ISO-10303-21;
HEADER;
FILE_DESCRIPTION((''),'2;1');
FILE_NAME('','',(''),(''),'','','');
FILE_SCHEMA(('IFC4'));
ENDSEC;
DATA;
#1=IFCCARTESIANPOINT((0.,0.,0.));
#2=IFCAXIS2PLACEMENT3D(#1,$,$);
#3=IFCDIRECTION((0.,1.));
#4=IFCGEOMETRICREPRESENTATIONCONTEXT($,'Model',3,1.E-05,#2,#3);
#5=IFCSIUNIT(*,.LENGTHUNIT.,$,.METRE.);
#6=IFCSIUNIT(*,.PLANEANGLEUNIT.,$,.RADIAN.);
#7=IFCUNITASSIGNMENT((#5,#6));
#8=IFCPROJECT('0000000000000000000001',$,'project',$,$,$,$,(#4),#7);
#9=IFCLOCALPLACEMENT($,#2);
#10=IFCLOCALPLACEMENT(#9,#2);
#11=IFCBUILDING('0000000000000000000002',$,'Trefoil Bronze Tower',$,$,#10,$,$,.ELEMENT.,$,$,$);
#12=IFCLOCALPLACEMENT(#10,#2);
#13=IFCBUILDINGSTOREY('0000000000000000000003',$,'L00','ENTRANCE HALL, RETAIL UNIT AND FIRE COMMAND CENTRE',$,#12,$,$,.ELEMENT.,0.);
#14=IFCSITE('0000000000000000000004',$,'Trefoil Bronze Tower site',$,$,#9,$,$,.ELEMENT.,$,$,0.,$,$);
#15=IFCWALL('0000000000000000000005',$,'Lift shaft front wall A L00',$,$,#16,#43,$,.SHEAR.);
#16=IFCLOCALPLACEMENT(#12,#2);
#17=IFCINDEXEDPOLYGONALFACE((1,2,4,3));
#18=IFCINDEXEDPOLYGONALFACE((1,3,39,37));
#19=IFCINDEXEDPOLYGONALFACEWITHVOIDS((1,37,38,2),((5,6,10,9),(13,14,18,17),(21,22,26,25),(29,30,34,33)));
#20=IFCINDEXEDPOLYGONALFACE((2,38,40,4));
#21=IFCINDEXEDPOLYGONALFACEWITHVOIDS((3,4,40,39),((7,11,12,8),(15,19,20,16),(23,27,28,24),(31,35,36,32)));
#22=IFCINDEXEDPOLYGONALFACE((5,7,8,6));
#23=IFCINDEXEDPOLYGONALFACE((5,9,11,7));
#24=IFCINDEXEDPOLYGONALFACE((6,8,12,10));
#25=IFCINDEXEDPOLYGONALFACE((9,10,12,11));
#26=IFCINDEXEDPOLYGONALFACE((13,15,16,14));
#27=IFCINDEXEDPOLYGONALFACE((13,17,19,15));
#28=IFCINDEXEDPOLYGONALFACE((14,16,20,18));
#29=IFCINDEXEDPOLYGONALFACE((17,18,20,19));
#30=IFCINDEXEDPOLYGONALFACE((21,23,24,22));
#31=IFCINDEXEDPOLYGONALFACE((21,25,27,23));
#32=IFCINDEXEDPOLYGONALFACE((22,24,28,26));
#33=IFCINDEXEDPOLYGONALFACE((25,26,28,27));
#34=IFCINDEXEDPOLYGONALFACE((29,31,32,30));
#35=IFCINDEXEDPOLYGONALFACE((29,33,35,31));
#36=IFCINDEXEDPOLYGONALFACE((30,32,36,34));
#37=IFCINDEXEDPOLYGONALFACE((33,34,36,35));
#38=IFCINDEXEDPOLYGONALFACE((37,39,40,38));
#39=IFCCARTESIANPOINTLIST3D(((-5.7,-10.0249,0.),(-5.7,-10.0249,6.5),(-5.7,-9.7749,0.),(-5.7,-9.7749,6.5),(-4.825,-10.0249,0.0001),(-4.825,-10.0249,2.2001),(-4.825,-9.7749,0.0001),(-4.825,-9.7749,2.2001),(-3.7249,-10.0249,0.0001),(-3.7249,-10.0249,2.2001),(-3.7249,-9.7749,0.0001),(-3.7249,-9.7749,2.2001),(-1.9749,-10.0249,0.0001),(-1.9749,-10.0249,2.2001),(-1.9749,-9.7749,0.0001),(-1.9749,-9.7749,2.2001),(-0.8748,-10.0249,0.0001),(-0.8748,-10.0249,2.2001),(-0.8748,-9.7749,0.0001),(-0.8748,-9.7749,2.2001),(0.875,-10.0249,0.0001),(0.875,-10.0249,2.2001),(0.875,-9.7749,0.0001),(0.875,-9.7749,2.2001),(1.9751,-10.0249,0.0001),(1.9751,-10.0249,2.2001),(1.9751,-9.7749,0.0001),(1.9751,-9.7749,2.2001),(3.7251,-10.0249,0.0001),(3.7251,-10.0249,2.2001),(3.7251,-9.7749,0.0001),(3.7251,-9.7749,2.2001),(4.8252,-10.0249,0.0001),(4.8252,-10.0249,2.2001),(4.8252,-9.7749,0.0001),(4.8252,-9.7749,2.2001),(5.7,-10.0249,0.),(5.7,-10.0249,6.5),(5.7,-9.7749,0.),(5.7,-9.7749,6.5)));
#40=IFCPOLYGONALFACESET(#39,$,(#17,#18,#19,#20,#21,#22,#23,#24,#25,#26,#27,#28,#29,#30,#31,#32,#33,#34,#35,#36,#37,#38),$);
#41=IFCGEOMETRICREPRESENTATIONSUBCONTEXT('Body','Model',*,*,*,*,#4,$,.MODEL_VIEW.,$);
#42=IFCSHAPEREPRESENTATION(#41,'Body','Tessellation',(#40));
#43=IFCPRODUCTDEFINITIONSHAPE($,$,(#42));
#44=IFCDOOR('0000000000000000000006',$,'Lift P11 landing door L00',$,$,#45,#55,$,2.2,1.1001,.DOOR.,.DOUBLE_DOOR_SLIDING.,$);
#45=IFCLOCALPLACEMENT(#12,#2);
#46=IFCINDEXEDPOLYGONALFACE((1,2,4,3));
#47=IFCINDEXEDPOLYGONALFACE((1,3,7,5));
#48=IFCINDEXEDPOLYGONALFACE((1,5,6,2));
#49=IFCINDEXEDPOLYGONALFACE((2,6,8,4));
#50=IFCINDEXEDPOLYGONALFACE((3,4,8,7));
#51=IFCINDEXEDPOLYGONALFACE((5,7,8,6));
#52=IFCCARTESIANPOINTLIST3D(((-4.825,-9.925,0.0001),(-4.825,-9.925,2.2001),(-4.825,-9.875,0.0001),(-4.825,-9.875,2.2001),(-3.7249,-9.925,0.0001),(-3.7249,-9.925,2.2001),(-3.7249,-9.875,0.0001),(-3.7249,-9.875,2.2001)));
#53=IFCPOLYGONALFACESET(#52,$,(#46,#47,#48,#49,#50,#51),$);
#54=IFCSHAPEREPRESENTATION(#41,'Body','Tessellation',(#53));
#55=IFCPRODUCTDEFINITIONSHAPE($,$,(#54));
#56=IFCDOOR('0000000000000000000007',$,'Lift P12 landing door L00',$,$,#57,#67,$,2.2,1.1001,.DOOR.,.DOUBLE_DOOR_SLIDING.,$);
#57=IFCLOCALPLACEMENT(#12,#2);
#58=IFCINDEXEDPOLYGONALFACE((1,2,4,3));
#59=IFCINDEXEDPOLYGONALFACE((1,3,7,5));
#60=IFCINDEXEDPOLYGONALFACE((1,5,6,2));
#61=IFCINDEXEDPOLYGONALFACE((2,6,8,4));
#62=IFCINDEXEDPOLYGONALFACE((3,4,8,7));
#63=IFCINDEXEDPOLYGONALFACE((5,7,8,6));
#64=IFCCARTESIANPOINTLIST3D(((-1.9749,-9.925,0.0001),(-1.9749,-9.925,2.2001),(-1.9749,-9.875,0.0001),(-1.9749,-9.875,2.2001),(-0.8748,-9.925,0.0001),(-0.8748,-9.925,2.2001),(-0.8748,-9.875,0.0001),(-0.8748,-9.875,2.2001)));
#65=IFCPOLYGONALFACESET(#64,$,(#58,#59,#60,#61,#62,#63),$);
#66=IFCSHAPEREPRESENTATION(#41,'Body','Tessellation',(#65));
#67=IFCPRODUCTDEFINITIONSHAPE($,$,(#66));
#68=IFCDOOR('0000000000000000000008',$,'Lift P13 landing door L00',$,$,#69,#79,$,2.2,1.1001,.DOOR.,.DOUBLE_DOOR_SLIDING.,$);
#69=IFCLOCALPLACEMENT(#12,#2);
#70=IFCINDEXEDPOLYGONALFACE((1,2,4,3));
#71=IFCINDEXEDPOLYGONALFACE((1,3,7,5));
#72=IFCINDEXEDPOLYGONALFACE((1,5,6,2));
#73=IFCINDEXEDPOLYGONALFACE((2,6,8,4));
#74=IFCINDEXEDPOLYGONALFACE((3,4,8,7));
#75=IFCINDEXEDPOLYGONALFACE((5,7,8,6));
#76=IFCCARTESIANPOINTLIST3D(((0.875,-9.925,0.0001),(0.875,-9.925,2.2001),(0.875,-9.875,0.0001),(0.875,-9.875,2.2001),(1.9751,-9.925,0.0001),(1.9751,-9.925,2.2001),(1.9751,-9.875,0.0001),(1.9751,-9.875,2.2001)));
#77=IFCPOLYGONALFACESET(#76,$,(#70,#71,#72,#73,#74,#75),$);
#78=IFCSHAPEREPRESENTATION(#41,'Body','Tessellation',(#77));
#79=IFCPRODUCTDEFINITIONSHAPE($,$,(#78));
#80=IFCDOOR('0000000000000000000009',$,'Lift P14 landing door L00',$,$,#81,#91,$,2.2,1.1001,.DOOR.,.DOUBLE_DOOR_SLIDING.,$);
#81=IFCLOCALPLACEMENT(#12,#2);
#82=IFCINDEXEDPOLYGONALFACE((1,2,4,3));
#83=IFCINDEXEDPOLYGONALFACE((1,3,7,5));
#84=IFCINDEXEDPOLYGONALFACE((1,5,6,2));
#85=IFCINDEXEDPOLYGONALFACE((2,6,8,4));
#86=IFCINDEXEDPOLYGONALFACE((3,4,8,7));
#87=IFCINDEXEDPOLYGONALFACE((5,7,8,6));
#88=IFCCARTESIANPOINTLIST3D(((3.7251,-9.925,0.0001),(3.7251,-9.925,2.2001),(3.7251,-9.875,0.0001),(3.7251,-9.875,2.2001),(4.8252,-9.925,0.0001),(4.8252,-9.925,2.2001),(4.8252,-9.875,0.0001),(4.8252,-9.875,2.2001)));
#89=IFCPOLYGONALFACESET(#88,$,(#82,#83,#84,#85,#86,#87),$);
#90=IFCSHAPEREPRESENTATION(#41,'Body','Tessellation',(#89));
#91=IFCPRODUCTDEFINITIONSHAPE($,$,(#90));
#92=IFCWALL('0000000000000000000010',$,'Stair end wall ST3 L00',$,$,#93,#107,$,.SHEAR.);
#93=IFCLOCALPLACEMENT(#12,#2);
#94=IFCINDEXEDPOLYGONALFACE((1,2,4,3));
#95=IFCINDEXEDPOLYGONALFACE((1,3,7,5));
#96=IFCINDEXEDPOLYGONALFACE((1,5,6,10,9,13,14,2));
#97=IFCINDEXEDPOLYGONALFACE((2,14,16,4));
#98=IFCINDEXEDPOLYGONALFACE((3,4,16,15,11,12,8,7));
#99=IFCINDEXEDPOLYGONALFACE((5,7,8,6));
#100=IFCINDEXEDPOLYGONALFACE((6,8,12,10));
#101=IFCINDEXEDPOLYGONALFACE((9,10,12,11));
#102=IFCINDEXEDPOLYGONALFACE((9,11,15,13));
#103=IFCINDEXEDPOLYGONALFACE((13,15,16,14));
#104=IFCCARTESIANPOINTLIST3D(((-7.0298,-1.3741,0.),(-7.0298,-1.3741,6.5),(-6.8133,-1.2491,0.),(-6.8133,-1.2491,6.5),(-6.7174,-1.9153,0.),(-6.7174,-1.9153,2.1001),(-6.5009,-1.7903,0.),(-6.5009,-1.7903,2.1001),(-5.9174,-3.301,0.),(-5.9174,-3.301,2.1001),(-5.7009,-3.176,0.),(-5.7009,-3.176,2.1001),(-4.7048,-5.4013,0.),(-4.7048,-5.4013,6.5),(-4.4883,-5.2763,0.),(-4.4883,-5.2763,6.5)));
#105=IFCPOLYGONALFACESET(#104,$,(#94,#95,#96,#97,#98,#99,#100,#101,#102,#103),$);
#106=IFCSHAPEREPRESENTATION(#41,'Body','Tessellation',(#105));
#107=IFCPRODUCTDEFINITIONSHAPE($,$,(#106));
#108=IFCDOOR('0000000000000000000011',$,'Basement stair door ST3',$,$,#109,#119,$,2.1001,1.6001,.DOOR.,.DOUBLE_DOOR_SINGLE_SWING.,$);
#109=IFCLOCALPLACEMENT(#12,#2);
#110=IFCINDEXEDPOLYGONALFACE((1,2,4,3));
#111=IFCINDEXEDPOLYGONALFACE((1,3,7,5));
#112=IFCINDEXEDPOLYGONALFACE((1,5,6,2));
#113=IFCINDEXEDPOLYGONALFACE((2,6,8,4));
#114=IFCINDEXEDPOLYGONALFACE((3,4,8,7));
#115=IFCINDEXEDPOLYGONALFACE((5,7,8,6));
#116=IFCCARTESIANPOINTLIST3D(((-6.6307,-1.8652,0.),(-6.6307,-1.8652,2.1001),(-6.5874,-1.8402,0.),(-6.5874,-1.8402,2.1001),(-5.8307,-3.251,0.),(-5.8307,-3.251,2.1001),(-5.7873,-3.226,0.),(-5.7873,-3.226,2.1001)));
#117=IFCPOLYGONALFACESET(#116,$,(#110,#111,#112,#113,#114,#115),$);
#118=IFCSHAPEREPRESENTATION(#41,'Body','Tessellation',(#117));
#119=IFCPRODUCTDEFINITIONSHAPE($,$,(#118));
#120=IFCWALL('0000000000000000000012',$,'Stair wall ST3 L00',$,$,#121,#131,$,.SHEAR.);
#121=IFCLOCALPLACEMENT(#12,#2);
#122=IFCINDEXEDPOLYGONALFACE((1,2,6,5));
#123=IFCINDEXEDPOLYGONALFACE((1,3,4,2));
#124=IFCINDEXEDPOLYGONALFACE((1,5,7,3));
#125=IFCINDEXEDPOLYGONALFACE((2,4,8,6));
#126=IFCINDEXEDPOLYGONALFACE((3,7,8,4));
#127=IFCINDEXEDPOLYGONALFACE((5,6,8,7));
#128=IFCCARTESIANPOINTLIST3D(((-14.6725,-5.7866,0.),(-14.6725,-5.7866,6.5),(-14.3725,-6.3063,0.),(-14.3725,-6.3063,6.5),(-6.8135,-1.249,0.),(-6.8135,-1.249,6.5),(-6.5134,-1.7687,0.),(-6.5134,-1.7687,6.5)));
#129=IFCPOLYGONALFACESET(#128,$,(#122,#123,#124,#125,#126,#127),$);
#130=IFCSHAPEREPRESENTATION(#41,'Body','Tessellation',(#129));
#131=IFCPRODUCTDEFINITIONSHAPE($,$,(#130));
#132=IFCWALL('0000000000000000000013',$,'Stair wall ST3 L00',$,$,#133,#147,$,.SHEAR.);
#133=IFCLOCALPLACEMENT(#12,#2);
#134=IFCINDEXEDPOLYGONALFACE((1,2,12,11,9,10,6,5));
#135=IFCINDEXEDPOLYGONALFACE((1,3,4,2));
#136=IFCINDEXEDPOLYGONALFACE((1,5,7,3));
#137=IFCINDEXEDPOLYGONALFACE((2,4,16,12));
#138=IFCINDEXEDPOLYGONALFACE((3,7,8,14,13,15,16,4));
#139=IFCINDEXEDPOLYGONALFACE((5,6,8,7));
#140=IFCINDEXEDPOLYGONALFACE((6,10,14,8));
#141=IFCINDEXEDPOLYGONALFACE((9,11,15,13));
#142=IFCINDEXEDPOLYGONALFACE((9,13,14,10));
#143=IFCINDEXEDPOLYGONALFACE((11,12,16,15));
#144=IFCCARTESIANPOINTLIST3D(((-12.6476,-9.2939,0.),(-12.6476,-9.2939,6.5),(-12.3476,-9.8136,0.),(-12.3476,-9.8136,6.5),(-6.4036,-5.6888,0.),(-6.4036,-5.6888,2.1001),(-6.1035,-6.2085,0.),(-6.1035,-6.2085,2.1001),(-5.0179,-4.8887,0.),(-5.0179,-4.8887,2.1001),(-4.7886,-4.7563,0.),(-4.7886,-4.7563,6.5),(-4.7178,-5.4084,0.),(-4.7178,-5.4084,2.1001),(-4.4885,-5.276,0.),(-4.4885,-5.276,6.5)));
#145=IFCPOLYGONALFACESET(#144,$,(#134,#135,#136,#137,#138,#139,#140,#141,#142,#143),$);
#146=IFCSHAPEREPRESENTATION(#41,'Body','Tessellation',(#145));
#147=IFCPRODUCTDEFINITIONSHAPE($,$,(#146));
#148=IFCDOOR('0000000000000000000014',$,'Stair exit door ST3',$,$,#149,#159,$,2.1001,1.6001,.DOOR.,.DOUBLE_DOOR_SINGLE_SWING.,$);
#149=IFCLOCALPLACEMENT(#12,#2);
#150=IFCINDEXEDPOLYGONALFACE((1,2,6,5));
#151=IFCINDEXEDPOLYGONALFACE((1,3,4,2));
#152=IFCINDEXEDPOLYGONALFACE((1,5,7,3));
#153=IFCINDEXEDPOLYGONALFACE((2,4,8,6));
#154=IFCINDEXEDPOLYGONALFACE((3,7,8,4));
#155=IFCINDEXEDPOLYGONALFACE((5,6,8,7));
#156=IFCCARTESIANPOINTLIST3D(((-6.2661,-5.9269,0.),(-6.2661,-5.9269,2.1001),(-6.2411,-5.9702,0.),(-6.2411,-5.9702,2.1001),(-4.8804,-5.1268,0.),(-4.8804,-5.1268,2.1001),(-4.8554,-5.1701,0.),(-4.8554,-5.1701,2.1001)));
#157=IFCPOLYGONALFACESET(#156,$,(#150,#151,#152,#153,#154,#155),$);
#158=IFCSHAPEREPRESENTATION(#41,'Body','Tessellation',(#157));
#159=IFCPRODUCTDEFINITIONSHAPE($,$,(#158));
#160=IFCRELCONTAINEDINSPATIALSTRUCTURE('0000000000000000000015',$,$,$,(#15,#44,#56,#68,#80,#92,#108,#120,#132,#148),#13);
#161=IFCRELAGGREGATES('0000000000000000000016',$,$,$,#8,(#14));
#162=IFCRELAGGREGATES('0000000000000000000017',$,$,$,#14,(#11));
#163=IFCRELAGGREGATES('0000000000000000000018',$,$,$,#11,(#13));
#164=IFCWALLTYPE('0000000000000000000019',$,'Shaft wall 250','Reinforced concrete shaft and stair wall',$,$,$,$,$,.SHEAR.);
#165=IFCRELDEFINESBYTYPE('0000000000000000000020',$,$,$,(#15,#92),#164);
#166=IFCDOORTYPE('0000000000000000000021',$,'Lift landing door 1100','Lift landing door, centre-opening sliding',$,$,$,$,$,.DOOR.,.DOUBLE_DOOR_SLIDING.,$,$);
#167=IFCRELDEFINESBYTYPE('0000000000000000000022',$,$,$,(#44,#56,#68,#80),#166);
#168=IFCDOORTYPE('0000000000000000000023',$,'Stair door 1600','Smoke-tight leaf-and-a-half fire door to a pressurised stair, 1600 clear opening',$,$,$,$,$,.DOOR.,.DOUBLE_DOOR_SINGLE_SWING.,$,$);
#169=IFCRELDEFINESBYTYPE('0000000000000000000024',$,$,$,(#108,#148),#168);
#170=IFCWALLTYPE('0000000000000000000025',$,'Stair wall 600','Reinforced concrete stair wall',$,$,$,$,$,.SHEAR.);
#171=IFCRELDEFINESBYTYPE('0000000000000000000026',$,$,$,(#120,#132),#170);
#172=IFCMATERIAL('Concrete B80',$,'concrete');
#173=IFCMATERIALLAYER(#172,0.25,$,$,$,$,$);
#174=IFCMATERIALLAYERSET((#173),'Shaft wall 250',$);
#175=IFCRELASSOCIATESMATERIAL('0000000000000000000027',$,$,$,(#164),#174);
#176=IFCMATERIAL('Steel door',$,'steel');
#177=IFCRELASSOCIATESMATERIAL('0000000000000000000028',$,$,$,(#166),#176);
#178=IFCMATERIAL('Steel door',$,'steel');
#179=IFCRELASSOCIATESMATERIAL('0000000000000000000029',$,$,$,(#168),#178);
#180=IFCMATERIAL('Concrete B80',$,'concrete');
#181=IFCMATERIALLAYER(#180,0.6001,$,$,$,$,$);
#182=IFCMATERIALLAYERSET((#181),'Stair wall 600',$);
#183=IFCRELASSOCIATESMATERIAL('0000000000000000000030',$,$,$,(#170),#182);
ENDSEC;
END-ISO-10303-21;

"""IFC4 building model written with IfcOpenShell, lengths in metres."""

from ifc_helpers import new_model, si_unit, direction, frame, frame_2d, origin, place, context, subcontext, project, spatial, rectangle, extrude, material, layer, layer_set, type_object, element, fill, save


model = new_model("IFC4")

# Units and contexts
model_context = context("Model", 3, precision=1e-05, world=origin(), true_north=direction((0.0, 1.0)))
body_context = subcontext(model_context, "Body", "Model", "MODEL_VIEW")
ifc_project = project(units=[si_unit("LENGTHUNIT", "METRE"), si_unit("PLANEANGLEUNIT", "RADIAN")], contexts=[model_context])

# Site, building, storey
site_placement = place(None, origin())
site = spatial("IfcSite", under=ifc_project, at=site_placement, Name="Trefoil Bronze Tower site", CompositionType="ELEMENT", RefElevation=0.0)
building_placement = place(site_placement, origin())
building = spatial("IfcBuilding", under=site, at=building_placement, Name="Trefoil Bronze Tower", CompositionType="ELEMENT")
storey_placement = place(building_placement, origin())
storey = spatial("IfcBuildingStorey", under=building, at=storey_placement, Name="L00", Description="ENTRANCE HALL, RETAIL UNIT AND FIRE COMMAND CENTRE", CompositionType="ELEMENT", Elevation=0.0)

# Wall, openings, doors
ifc_material_1 = material(Name="Concrete B80", Category="concrete")
ifc_layer_1 = layer(ifc_material_1, 0.25)
ifc_layer_set_1 = layer_set([ifc_layer_1], Name="Shaft wall 250")
wall_type_1 = type_object("IfcWallType", Name="Shaft wall 250", Description="Reinforced concrete shaft and stair wall", PredefinedType="SHEAR", material=ifc_layer_set_1)
wall_1_placement = place(storey_placement, frame((-5.7, -9.8999, 0.0), z_axis=(0.0, 0.0, 1.0), x_axis=(1.0, 0.0, 0.0)))
wall_1 = element("IfcWall", 1, at=wall_1_placement, inside=storey, type_object=wall_type_1, Name="Lift shaft front wall A L00", PredefinedType="SHEAR", context=body_context, shape_type="SweptSolid", body=[
    extrude(rectangle(XDim=11.3999, YDim=0.25, at=frame_2d((5.7, 0.0))), origin(), (0.0, 0.0, 1.0), 6.5),
])
opening_1_placement = place(wall_1_placement, frame((0.875, 0.0, 0.0)))
opening_1 = element("IfcOpeningElement", 2, at=opening_1_placement, cuts=wall_1, PredefinedType="OPENING", context=body_context, shape_type="SweptSolid", body=[
    extrude(rectangle(XDim=1.1001, YDim=2.2, at=frame_2d((0.55, 1.1001))), frame((0.0, 0.135, 0.0), z_axis=(0.0, -1.0, 0.0), x_axis=(1.0, 0.0, 0.0)), (0.0, 0.0, 1.0), 0.27),
])
opening_2_placement = place(wall_1_placement, frame((3.7251, 0.0, 0.0)))
opening_2 = element("IfcOpeningElement", 3, at=opening_2_placement, cuts=wall_1, PredefinedType="OPENING", context=body_context, shape_type="SweptSolid", body=[
    extrude(rectangle(XDim=1.1001, YDim=2.2, at=frame_2d((0.55, 1.1001))), frame((0.0, 0.135, 0.0), z_axis=(0.0, -1.0, 0.0), x_axis=(1.0, 0.0, 0.0)), (0.0, 0.0, 1.0), 0.27),
])
opening_3_placement = place(wall_1_placement, frame((6.575, 0.0, 0.0)))
opening_3 = element("IfcOpeningElement", 4, at=opening_3_placement, cuts=wall_1, PredefinedType="OPENING", context=body_context, shape_type="SweptSolid", body=[
    extrude(rectangle(XDim=1.1001, YDim=2.2, at=frame_2d((0.55, 1.1001))), frame((0.0, 0.135, 0.0), z_axis=(0.0, -1.0, 0.0), x_axis=(1.0, 0.0, 0.0)), (0.0, 0.0, 1.0), 0.27),
])
opening_4_placement = place(wall_1_placement, frame((9.425, 0.0, 0.0)))
opening_4 = element("IfcOpeningElement", 5, at=opening_4_placement, cuts=wall_1, PredefinedType="OPENING", context=body_context, shape_type="SweptSolid", body=[
    extrude(rectangle(XDim=1.1001, YDim=2.2, at=frame_2d((0.55, 1.1001))), frame((0.0, 0.135, 0.0), z_axis=(0.0, -1.0, 0.0), x_axis=(1.0, 0.0, 0.0)), (0.0, 0.0, 1.0), 0.27),
])
ifc_material_2 = material(Name="Steel door", Category="steel")
door_type_1 = type_object("IfcDoorType", Name="Lift landing door 1100", Description="Lift landing door, centre-opening sliding", OperationType="DOUBLE_DOOR_SLIDING", PredefinedType="DOOR", material=ifc_material_2)
door_1_placement = place(opening_1_placement, origin())
door_1 = element("IfcDoor", 6, at=door_1_placement, inside=storey, type_object=door_type_1, Name="Lift P11 landing door L00", OperationType="DOUBLE_DOOR_SLIDING", OverallHeight=2.2, OverallWidth=1.1001, PredefinedType="DOOR", context=body_context, shape_type="SweptSolid", body=[
    extrude(rectangle(XDim=1.1001, YDim=2.2, at=frame_2d((0.55, 1.1001))), frame((0.0, 0.0249, 0.0), z_axis=(0.0, -1.0, 0.0), x_axis=(1.0, 0.0, 0.0)), (0.0, 0.0, 1.0), 0.05),
])
fill(opening_1, door_1)
door_2_placement = place(opening_2_placement, origin())
door_2 = element("IfcDoor", 7, at=door_2_placement, inside=storey, type_object=door_type_1, Name="Lift P12 landing door L00", OperationType="DOUBLE_DOOR_SLIDING", OverallHeight=2.2, OverallWidth=1.1001, PredefinedType="DOOR", context=body_context, shape_type="SweptSolid", body=[
    extrude(rectangle(XDim=1.1001, YDim=2.2, at=frame_2d((0.55, 1.1001))), frame((0.0, 0.0249, 0.0), z_axis=(0.0, -1.0, 0.0), x_axis=(1.0, 0.0, 0.0)), (0.0, 0.0, 1.0), 0.05),
])
fill(opening_2, door_2)
door_3_placement = place(opening_3_placement, origin())
door_3 = element("IfcDoor", 8, at=door_3_placement, inside=storey, type_object=door_type_1, Name="Lift P13 landing door L00", OperationType="DOUBLE_DOOR_SLIDING", OverallHeight=2.2, OverallWidth=1.1001, PredefinedType="DOOR", context=body_context, shape_type="SweptSolid", body=[
    extrude(rectangle(XDim=1.1001, YDim=2.2, at=frame_2d((0.55, 1.1001))), frame((0.0, 0.0249, 0.0), z_axis=(0.0, -1.0, 0.0), x_axis=(1.0, 0.0, 0.0)), (0.0, 0.0, 1.0), 0.05),
])
fill(opening_3, door_3)
door_4_placement = place(opening_4_placement, origin())
door_4 = element("IfcDoor", 9, at=door_4_placement, inside=storey, type_object=door_type_1, Name="Lift P14 landing door L00", OperationType="DOUBLE_DOOR_SLIDING", OverallHeight=2.2, OverallWidth=1.1001, PredefinedType="DOOR", context=body_context, shape_type="SweptSolid", body=[
    extrude(rectangle(XDim=1.1001, YDim=2.2, at=frame_2d((0.55, 1.1001))), frame((0.0, 0.0249, 0.0), z_axis=(0.0, -1.0, 0.0), x_axis=(1.0, 0.0, 0.0)), (0.0, 0.0, 1.0), 0.05),
])
fill(opening_4, door_4)

# Wall, opening, door
wall_2_placement = place(storey_placement, frame((-6.9216, -1.3115, 0.0), z_axis=(0.0, 0.0, 1.0), x_axis=(0.499985, -0.866034, 0.0)))
wall_2 = element("IfcWall", 10, at=wall_2_placement, inside=storey, type_object=wall_type_1, Name="Stair end wall ST3 L00", PredefinedType="SHEAR", context=body_context, shape_type="SweptSolid", body=[
    extrude(rectangle(XDim=4.6501, YDim=0.25, at=frame_2d((2.3252, 0.0))), origin(), (0.0, 0.0, 1.0), 6.5),
])
opening_5_placement = place(wall_2_placement, frame((0.625, 0.0, 0.0)))
opening_5 = element("IfcOpeningElement", 11, at=opening_5_placement, cuts=wall_2, PredefinedType="OPENING", context=body_context, shape_type="SweptSolid", body=[
    extrude(rectangle(XDim=1.6001, YDim=2.1001, at=frame_2d((0.8, 1.05))), frame((0.0, 0.135, 0.0), z_axis=(0.0, -1.0, 0.0), x_axis=(1.0, 0.0, 0.0)), (0.0, 0.0, 1.0), 0.27),
])
ifc_material_3 = material(Name="Steel door", Category="steel")
door_type_2 = type_object("IfcDoorType", Name="Stair door 1600", Description="Smoke-tight leaf-and-a-half fire door to a pressurised stair, 1600 clear opening", OperationType="DOUBLE_DOOR_SINGLE_SWING", PredefinedType="DOOR", material=ifc_material_3)
door_5_placement = place(opening_5_placement, frame((1.6001, 0.0, 0.0), z_axis=(0.0, 0.0, 1.0), x_axis=(-1.0, 0.0, 0.0)))
door_5 = element("IfcDoor", 12, at=door_5_placement, inside=storey, type_object=door_type_2, Name="Basement stair door ST3", OperationType="DOUBLE_DOOR_SINGLE_SWING", OverallHeight=2.1001, OverallWidth=1.6001, PredefinedType="DOOR", context=body_context, shape_type="SweptSolid", body=[
    extrude(rectangle(XDim=1.6001, YDim=2.1001, at=frame_2d((0.8, 1.05))), frame((0.0, 0.0249, 0.0), z_axis=(0.0, -1.0, 0.0), x_axis=(1.0, 0.0, 0.0)), (0.0, 0.0, 1.0), 0.05),
])
fill(opening_5, door_5)

# Wall
ifc_material_4 = material(Name="Concrete B80", Category="concrete")
ifc_layer_2 = layer(ifc_material_4, 0.6001)
ifc_layer_set_2 = layer_set([ifc_layer_2], Name="Stair wall 600")
wall_type_2 = type_object("IfcWallType", Name="Stair wall 600", Description="Reinforced concrete stair wall", PredefinedType="SHEAR", material=ifc_layer_set_2)
wall_3_placement = place(storey_placement, frame((-6.6633, -1.5088, 0.0), z_axis=(0.0, 0.0, 1.0), x_axis=(-0.866019, -0.50001, 0.0)))
element("IfcWall", 13, at=wall_3_placement, inside=storey, type_object=wall_type_2, Name="Stair wall ST3 L00", PredefinedType="SHEAR", context=body_context, shape_type="SweptSolid", body=[
    extrude(rectangle(XDim=9.075, YDim=0.6001, at=frame_2d((4.5376, 0.0))), origin(), (0.0, 0.0, 1.0), 6.5),
])

# Wall, opening, door
wall_4_placement = place(storey_placement, frame((-4.6384, -5.0161, 0.0), z_axis=(0.0, 0.0, 1.0), x_axis=(-0.866019, -0.50001, 0.0)))
wall_4 = element("IfcWall", 14, at=wall_4_placement, inside=storey, type_object=wall_type_2, Name="Stair wall ST3 L00", PredefinedType="SHEAR", context=body_context, shape_type="SweptSolid", body=[
    extrude(rectangle(XDim=9.075, YDim=0.6001, at=frame_2d((4.5376, 0.0))), origin(), (0.0, 0.0, 1.0), 6.5),
])
opening_6_placement = place(wall_4_placement, frame((0.2649, 0.0, 0.0)))
opening_6 = element("IfcOpeningElement", 15, at=opening_6_placement, cuts=wall_4, PredefinedType="OPENING", context=body_context, shape_type="SweptSolid", body=[
    extrude(rectangle(XDim=1.6001, YDim=2.1001, at=frame_2d((0.8, 1.05))), frame((0.0, 0.3101, 0.0), z_axis=(0.0, -1.0, 0.0), x_axis=(1.0, 0.0, 0.0)), (0.0, 0.0, 1.0), 0.6201),
])
door_6_placement = place(opening_6_placement, origin())
door_6 = element("IfcDoor", 16, at=door_6_placement, inside=storey, type_object=door_type_2, Name="Stair exit door ST3", OperationType="DOUBLE_DOOR_SINGLE_SWING", OverallHeight=2.1001, OverallWidth=1.6001, PredefinedType="DOOR", context=body_context, shape_type="SweptSolid", body=[
    extrude(rectangle(XDim=1.6001, YDim=2.1001, at=frame_2d((0.8, 1.05))), frame((0.0, 0.0249, 0.0), z_axis=(0.0, -1.0, 0.0), x_axis=(1.0, 0.0, 0.0)), (0.0, 0.0, 1.0), 0.05),
])
fill(opening_6, door_6)

save(model, "model.ifc")
